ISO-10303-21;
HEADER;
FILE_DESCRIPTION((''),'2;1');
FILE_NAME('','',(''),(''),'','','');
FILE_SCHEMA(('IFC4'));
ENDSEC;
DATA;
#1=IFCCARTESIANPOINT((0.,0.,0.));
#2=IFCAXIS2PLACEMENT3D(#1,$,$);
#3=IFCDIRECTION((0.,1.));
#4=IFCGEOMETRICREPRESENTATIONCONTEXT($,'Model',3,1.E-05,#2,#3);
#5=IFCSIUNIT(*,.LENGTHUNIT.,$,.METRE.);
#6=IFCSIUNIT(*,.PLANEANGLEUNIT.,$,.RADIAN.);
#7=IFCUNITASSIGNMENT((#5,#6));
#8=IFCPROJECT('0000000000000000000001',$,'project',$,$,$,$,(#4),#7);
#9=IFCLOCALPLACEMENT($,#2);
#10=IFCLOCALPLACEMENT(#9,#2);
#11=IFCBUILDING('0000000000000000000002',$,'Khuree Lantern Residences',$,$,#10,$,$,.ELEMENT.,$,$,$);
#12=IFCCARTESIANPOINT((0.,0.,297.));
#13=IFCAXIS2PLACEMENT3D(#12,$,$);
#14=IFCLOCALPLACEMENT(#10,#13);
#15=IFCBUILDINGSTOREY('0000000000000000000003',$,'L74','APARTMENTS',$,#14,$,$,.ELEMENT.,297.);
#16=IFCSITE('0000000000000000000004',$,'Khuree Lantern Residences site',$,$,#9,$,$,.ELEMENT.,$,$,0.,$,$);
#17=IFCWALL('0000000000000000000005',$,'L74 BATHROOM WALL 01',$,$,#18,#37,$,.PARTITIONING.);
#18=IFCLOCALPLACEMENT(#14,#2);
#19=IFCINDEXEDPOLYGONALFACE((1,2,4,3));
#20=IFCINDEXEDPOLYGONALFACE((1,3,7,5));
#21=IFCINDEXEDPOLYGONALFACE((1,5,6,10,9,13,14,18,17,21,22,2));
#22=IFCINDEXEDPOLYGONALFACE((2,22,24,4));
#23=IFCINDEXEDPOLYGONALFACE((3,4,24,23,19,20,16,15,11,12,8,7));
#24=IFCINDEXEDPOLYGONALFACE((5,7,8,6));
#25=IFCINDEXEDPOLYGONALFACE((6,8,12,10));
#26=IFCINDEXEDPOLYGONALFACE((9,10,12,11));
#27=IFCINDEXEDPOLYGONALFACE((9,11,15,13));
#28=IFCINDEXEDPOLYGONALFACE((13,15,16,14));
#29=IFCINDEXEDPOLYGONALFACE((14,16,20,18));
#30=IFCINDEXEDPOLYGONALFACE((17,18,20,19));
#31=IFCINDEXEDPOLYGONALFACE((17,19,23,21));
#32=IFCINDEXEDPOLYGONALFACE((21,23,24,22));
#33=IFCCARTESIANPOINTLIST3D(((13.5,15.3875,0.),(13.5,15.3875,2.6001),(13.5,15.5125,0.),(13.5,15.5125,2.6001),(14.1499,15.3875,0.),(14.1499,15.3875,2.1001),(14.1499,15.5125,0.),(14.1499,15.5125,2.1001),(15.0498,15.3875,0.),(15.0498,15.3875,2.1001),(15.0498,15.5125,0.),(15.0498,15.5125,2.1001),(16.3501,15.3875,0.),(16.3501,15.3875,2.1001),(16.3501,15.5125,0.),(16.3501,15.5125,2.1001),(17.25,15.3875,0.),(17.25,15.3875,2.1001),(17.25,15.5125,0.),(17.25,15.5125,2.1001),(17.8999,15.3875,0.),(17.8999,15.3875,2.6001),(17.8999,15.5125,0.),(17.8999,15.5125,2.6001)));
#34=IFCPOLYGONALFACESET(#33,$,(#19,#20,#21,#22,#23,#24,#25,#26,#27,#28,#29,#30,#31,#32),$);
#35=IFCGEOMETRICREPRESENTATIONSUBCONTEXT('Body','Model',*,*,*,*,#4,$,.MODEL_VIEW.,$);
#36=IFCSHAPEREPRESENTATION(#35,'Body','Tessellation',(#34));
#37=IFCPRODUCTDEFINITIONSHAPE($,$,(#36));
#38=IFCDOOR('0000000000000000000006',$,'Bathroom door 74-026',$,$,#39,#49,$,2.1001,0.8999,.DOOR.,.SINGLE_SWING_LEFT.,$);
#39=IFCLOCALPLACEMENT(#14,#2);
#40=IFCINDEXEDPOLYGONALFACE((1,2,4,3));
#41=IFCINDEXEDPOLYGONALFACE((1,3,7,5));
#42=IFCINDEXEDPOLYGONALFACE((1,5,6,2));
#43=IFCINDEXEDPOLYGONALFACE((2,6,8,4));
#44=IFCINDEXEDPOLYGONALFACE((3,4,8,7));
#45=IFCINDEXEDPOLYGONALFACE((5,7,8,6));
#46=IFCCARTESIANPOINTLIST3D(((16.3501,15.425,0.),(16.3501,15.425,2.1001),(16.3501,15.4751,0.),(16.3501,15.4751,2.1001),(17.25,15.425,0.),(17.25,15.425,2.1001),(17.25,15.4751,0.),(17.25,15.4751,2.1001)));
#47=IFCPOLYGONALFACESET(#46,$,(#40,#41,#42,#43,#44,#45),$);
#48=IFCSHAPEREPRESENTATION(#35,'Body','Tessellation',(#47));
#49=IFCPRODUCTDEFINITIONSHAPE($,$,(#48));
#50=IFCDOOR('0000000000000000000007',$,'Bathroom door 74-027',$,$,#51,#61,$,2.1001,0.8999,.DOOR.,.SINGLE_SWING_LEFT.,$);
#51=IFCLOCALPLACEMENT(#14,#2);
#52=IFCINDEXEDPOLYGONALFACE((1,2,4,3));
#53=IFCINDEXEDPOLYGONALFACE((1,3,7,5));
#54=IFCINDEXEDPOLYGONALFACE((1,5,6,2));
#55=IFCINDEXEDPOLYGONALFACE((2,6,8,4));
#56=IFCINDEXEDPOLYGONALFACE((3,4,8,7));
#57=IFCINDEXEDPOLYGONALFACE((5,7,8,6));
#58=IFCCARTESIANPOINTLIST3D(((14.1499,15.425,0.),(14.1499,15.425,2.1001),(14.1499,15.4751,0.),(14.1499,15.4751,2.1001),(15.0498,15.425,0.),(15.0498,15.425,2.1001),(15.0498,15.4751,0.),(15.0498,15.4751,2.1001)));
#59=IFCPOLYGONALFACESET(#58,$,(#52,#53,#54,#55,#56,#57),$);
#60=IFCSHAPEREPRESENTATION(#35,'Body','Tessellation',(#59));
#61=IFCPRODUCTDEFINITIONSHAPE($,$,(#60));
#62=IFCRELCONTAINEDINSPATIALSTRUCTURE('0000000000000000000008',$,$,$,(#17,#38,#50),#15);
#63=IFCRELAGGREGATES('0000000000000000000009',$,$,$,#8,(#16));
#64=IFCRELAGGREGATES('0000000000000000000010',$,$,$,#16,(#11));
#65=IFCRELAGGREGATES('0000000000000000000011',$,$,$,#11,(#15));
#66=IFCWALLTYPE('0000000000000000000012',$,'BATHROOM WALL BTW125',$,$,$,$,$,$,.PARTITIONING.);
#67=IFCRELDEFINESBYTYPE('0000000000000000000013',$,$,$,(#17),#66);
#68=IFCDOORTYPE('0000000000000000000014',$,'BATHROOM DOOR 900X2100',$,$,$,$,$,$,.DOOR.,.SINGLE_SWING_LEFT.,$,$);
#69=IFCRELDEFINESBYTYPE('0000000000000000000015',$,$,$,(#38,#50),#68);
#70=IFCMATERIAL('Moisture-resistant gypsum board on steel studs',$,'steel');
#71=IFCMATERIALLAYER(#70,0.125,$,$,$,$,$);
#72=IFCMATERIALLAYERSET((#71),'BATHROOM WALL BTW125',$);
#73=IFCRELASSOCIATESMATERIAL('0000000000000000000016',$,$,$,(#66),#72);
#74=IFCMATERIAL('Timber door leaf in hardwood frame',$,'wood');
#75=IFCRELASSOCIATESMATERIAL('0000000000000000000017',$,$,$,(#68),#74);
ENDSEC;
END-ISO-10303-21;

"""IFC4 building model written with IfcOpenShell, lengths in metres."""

from ifc_helpers import new_model, si_unit, direction, frame, frame_2d, origin, place, context, subcontext, project, spatial, rectangle, extrude, material, layer, layer_set, type_object, element, fill, save


model = new_model("IFC4")

# Units and contexts
model_context = context("Model", 3, precision=1e-05, world=origin(), true_north=direction((0.0, 1.0)))
body_context = subcontext(model_context, "Body", "Model", "MODEL_VIEW")
ifc_project = project(units=[si_unit("LENGTHUNIT", "METRE"), si_unit("PLANEANGLEUNIT", "RADIAN")], contexts=[model_context])

# Site, building, storey
site_placement = place(None, origin())
site = spatial("IfcSite", under=ifc_project, at=site_placement, Name="Khuree Lantern Residences site", CompositionType="ELEMENT", RefElevation=0.0)
building_placement = place(site_placement, origin())
building = spatial("IfcBuilding", under=site, at=building_placement, Name="Khuree Lantern Residences", CompositionType="ELEMENT")
storey_placement = place(building_placement, frame((0.0, 0.0, 297.0)))
storey = spatial("IfcBuildingStorey", under=building, at=storey_placement, Name="L74", Description="APARTMENTS", CompositionType="ELEMENT", Elevation=297.0)

# Wall, openings, doors
ifc_material_1 = material(Name="Moisture-resistant gypsum board on steel studs", Category="steel")
ifc_layer_1 = layer(ifc_material_1, 0.125)
ifc_layer_set_1 = layer_set([ifc_layer_1], Name="BATHROOM WALL BTW125")
wall_type = type_object("IfcWallType", Name="BATHROOM WALL BTW125", PredefinedType="PARTITIONING", material=ifc_layer_set_1)
wall_placement = place(storey_placement, frame((17.8999, 15.45, 0.0), z_axis=(0.0, 0.0, 1.0), x_axis=(-1.0, 0.0, 0.0)))
wall = element("IfcWall", 1, at=wall_placement, inside=storey, type_object=wall_type, Name="L74 BATHROOM WALL 01", PredefinedType="PARTITIONING", context=body_context, shape_type="SweptSolid", body=[
    extrude(rectangle(XDim=4.3999, YDim=0.125, at=frame_2d((2.2, 0.0))), origin(), (0.0, 0.0, 1.0), 2.6001),
])
opening_1_placement = place(wall_placement, frame((0.6499, 0.0, 0.0)))
opening_1 = element("IfcOpeningElement", 2, at=opening_1_placement, cuts=wall, PredefinedType="OPENING", context=body_context, shape_type="SweptSolid", body=[
    extrude(rectangle(XDim=0.8999, YDim=2.1001, at=frame_2d((0.45, 1.05))), frame((0.0, 0.0725, 0.0), z_axis=(0.0, -1.0, 0.0), x_axis=(1.0, 0.0, 0.0)), (0.0, 0.0, 1.0), 0.145),
])
opening_2_placement = place(wall_placement, frame((2.8501, 0.0, 0.0)))
opening_2 = element("IfcOpeningElement", 3, at=opening_2_placement, cuts=wall, PredefinedType="OPENING", context=body_context, shape_type="SweptSolid", body=[
    extrude(rectangle(XDim=0.8999, YDim=2.1001, at=frame_2d((0.45, 1.05))), frame((0.0, 0.0725, 0.0), z_axis=(0.0, -1.0, 0.0), x_axis=(1.0, 0.0, 0.0)), (0.0, 0.0, 1.0), 0.145),
])
ifc_material_2 = material(Name="Timber door leaf in hardwood frame", Category="wood")
door_type = type_object("IfcDoorType", Name="BATHROOM DOOR 900X2100", OperationType="SINGLE_SWING_LEFT", PredefinedType="DOOR", material=ifc_material_2)
door_1_placement = place(opening_1_placement, origin())
door_1 = element("IfcDoor", 4, at=door_1_placement, inside=storey, type_object=door_type, Name="Bathroom door 74-026", OperationType="SINGLE_SWING_LEFT", OverallHeight=2.1001, OverallWidth=0.8999, PredefinedType="DOOR", context=body_context, shape_type="SweptSolid", body=[
    extrude(rectangle(XDim=0.8999, YDim=2.1001, at=frame_2d((0.45, 1.05))), frame((0.0, 0.0249, 0.0), z_axis=(0.0, -1.0, 0.0), x_axis=(1.0, 0.0, 0.0)), (0.0, 0.0, 1.0), 0.05),
])
fill(opening_1, door_1)
door_2_placement = place(opening_2_placement, origin())
door_2 = element("IfcDoor", 5, at=door_2_placement, inside=storey, type_object=door_type, Name="Bathroom door 74-027", OperationType="SINGLE_SWING_LEFT", OverallHeight=2.1001, OverallWidth=0.8999, PredefinedType="DOOR", context=body_context, shape_type="SweptSolid", body=[
    extrude(rectangle(XDim=0.8999, YDim=2.1001, at=frame_2d((0.45, 1.05))), frame((0.0, 0.0249, 0.0), z_axis=(0.0, -1.0, 0.0), x_axis=(1.0, 0.0, 0.0)), (0.0, 0.0, 1.0), 0.05),
])
fill(opening_2, door_2)

save(model, "model.ifc")
